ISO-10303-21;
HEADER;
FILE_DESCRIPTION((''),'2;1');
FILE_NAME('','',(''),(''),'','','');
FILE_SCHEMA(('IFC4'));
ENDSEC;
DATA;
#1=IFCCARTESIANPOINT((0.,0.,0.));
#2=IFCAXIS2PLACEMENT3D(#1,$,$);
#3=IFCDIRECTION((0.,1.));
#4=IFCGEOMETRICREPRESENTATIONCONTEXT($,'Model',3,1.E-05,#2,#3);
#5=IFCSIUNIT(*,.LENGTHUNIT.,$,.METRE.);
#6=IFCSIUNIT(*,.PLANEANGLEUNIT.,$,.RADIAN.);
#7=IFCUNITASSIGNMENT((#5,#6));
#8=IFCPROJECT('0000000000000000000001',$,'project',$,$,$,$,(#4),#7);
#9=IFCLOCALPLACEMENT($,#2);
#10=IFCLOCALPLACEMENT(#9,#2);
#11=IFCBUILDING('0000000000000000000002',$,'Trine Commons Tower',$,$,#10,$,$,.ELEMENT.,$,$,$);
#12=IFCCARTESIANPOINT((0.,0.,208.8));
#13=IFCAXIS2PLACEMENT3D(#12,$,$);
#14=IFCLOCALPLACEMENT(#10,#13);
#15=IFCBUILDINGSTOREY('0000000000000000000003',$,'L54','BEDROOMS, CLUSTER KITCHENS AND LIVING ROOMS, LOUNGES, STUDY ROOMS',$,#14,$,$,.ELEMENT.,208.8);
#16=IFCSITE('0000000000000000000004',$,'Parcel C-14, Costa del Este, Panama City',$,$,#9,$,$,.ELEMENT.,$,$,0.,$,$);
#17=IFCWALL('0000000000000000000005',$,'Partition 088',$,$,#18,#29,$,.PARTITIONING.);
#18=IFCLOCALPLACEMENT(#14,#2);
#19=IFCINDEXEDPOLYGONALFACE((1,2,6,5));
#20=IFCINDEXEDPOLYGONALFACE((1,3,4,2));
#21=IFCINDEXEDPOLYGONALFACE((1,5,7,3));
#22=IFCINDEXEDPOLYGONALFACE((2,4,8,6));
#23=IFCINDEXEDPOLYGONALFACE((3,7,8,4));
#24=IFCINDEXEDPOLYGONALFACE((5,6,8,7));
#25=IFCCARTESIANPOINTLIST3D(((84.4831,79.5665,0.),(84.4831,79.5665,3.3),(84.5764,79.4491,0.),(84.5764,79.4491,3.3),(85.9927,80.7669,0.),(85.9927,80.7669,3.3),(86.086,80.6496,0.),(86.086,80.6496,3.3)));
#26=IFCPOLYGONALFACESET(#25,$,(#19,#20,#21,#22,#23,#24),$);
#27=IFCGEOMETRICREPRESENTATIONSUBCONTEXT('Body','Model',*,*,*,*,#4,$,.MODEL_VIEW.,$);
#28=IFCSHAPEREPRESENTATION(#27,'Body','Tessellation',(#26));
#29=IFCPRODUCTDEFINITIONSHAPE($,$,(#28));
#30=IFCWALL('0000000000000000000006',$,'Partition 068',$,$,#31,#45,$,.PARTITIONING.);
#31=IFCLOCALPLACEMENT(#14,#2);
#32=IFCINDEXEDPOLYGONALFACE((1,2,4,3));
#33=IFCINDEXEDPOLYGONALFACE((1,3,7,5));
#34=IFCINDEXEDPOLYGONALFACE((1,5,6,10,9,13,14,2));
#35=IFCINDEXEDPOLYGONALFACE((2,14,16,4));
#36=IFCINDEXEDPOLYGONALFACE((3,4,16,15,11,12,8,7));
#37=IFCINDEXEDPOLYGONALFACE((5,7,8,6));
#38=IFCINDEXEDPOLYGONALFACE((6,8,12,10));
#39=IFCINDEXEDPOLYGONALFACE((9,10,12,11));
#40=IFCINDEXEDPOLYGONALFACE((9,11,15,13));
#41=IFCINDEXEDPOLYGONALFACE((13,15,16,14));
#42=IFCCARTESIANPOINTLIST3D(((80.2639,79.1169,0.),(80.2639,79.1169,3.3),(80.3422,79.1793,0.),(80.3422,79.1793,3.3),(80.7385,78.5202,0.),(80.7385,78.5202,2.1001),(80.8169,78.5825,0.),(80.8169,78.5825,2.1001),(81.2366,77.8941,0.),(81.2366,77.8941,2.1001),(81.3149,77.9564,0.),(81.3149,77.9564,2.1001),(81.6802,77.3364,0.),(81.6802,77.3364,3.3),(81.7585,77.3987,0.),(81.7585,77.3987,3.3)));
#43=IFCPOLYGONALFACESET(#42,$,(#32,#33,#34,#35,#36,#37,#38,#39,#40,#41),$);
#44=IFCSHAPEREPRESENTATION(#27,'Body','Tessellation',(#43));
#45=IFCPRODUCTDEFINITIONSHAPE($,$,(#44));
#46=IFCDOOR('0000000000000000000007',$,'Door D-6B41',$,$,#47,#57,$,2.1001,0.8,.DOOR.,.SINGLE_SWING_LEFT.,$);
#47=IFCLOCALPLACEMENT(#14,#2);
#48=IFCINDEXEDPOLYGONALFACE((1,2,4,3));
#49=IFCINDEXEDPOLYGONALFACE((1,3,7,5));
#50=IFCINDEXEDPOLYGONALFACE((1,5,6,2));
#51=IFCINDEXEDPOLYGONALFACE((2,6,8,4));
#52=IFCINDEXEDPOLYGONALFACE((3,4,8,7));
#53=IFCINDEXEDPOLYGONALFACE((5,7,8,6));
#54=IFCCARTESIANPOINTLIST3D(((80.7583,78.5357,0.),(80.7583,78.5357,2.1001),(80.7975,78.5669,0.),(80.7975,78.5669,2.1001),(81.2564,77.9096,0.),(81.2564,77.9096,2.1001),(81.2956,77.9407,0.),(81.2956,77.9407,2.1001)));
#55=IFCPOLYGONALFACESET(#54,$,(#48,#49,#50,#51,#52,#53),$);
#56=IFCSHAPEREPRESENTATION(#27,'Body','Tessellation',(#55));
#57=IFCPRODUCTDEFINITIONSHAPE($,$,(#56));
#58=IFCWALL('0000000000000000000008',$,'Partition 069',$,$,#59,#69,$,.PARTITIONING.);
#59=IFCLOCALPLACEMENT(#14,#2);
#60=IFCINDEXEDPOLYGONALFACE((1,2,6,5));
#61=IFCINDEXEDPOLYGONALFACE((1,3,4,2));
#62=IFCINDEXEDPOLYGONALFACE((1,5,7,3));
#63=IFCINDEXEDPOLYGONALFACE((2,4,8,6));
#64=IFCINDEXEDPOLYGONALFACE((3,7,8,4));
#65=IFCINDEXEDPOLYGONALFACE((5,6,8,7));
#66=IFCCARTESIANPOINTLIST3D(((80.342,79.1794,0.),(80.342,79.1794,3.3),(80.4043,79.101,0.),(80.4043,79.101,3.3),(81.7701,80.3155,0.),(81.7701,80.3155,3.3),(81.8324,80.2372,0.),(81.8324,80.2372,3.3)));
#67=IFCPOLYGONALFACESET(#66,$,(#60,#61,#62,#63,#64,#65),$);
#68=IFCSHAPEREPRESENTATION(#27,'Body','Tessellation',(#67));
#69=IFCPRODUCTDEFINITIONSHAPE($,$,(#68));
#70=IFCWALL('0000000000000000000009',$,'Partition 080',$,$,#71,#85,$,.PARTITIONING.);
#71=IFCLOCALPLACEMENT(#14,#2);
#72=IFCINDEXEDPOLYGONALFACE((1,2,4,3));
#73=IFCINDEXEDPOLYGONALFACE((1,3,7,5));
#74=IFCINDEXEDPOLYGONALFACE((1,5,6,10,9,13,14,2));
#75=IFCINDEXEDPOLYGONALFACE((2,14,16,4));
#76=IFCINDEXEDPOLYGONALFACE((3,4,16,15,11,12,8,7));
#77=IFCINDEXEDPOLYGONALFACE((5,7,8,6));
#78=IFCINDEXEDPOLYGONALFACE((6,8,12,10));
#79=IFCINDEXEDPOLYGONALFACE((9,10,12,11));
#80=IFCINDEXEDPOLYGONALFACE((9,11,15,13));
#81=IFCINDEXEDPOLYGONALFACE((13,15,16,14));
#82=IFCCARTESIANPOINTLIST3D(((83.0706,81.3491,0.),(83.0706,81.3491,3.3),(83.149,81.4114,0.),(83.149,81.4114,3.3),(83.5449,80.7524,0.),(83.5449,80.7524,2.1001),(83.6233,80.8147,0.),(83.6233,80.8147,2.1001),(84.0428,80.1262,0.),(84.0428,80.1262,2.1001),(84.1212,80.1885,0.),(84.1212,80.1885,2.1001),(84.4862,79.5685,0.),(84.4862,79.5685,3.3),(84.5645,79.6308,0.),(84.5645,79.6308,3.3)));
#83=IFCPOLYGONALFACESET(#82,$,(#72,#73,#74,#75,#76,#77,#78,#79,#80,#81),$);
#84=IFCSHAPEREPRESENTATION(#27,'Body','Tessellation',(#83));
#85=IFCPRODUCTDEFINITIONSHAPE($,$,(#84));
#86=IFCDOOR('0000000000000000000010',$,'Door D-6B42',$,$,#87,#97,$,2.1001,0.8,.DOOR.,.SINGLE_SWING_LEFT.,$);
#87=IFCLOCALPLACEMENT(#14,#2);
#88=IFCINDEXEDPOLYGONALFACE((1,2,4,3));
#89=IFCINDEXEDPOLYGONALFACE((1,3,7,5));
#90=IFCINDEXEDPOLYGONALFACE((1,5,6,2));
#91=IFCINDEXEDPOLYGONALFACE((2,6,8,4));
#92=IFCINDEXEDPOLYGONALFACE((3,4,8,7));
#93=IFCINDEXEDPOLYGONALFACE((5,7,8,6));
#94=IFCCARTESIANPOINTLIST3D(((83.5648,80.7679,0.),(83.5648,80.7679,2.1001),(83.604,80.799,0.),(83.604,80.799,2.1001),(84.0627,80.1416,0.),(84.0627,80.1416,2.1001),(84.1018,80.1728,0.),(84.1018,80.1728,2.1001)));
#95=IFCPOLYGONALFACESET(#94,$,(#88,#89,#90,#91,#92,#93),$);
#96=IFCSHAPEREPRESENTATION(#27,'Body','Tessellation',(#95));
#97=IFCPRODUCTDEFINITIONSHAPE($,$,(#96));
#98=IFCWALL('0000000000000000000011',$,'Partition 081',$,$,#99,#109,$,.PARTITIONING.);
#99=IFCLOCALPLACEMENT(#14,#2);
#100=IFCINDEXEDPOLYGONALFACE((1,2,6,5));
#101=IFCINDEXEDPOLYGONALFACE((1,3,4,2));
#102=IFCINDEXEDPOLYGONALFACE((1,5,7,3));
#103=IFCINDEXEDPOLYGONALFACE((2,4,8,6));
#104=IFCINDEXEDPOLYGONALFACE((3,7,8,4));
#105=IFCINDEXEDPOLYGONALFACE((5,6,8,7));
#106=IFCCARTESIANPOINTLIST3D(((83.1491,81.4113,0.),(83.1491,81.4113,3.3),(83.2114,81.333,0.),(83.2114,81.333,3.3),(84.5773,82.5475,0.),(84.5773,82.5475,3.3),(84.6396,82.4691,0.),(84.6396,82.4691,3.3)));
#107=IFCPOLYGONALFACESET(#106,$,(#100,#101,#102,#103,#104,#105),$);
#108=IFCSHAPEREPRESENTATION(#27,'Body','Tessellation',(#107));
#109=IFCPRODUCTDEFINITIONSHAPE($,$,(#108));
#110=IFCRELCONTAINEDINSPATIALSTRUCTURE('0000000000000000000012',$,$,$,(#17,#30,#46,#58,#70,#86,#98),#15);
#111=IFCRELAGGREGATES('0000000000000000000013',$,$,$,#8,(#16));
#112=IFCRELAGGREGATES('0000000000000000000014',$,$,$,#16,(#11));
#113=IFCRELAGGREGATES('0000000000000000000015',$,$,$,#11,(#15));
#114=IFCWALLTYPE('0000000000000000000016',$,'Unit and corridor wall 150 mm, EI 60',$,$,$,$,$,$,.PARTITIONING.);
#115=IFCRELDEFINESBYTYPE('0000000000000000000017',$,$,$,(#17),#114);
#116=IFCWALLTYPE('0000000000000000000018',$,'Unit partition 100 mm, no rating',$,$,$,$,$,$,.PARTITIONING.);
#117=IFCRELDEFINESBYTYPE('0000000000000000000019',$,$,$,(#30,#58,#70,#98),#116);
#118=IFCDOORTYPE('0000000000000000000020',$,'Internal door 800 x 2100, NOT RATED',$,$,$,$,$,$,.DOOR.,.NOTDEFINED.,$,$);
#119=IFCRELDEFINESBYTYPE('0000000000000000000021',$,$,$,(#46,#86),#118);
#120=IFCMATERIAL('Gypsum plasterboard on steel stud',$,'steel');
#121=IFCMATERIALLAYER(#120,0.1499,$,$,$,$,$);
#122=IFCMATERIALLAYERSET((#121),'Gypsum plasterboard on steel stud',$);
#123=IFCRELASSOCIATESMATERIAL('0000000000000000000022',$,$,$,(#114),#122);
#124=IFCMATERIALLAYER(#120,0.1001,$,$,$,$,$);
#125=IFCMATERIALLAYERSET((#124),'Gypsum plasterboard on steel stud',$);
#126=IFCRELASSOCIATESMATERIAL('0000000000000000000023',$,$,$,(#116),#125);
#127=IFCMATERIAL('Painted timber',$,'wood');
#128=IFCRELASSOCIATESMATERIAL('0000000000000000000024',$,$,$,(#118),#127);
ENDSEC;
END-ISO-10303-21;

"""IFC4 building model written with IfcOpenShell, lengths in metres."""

from ifc_helpers import new_model, si_unit, direction, frame, frame_2d, origin, place, context, subcontext, project, spatial, rectangle, extrude, material, layer, layer_set, type_object, element, fill, save


model = new_model("IFC4")

# Units and contexts
model_context = context("Model", 3, precision=1e-05, world=origin(), true_north=direction((0.0, 1.0)))
body_context = subcontext(model_context, "Body", "Model", "MODEL_VIEW")
ifc_project = project(units=[si_unit("LENGTHUNIT", "METRE"), si_unit("PLANEANGLEUNIT", "RADIAN")], contexts=[model_context])

# Site, building, storey
site_placement = place(None, origin())
site = spatial("IfcSite", under=ifc_project, at=site_placement, Name="Parcel C-14, Costa del Este, Panama City", CompositionType="ELEMENT", RefElevation=0.0)
building_placement = place(site_placement, origin())
building = spatial("IfcBuilding", under=site, at=building_placement, Name="Trine Commons Tower", CompositionType="ELEMENT")
storey_placement = place(building_placement, frame((0.0, 0.0, 208.8)))
storey = spatial("IfcBuildingStorey", under=building, at=storey_placement, Name="L54", Description="BEDROOMS, CLUSTER KITCHENS AND LIVING ROOMS, LOUNGES, STUDY ROOMS", CompositionType="ELEMENT", Elevation=208.8)

# Shared definitions
ifc_material_1 = material(Name="Gypsum plasterboard on steel stud", Category="steel")
ifc_layer_1 = layer(ifc_material_1, 0.1499)
ifc_layer_set_1 = layer_set([ifc_layer_1], Name="Gypsum plasterboard on steel stud")
wall_type_1 = type_object("IfcWallType", Name="Unit and corridor wall 150 mm, EI 60", PredefinedType="PARTITIONING", material=ifc_layer_set_1)

# Shared definitions
ifc_material_2 = material(Name="Painted timber", Category="wood")

# Wall
wall_1_placement = place(storey_placement, frame((84.5298, 79.5078, 0.0), z_axis=(0.0, 0.0, 1.0), x_axis=(0.782681, 0.622423, 0.0)))
element("IfcWall", 1, at=wall_1_placement, inside=storey, type_object=wall_type_1, Name="Partition 088", PredefinedType="PARTITIONING", context=body_context, shape_type="SweptSolid", body=[
    extrude(rectangle(XDim=1.9287, YDim=0.1499, at=frame_2d((0.9644, 0.0))), origin(), (0.0, 0.0, 1.0), 3.3),
])

# Wall, opening, door
ifc_layer_2 = layer(ifc_material_1, 0.1001)
ifc_layer_set_2 = layer_set([ifc_layer_2], Name="Gypsum plasterboard on steel stud")
wall_type_2 = type_object("IfcWallType", Name="Unit partition 100 mm, no rating", PredefinedType="PARTITIONING", material=ifc_layer_set_2)
wall_2_placement = place(storey_placement, frame((80.303, 79.1482, 0.0), z_axis=(0.0, 0.0, 1.0), x_axis=(0.622507, -0.782614, 0.0)))
wall_2 = element("IfcWall", 2, at=wall_2_placement, inside=storey, type_object=wall_type_2, Name="Partition 068", PredefinedType="PARTITIONING", context=body_context, shape_type="SweptSolid", body=[
    extrude(rectangle(XDim=2.2751, YDim=0.1001, at=frame_2d((1.1377, 0.0))), origin(), (0.0, 0.0, 1.0), 3.3),
])
opening_1_placement = place(wall_2_placement, frame((0.7627, 0.0, 0.0)))
opening_1 = element("IfcOpeningElement", 3, at=opening_1_placement, cuts=wall_2, PredefinedType="OPENING", context=body_context, shape_type="SweptSolid", body=[
    extrude(rectangle(XDim=0.8, YDim=2.1001, at=frame_2d((0.3999, 1.05))), frame((0.0, 0.0601, 0.0), z_axis=(0.0, -1.0, 0.0), x_axis=(1.0, 0.0, 0.0)), (0.0, 0.0, 1.0), 0.1201),
])
door_type_1 = type_object("IfcDoorType", Name="Internal door 800 x 2100, NOT RATED", OperationType="NOTDEFINED", PredefinedType="DOOR", material=ifc_material_2)
door_1_placement = place(opening_1_placement, frame((0.8, 0.0, 0.0), z_axis=(0.0, 0.0, 1.0), x_axis=(-1.0, 0.0, 0.0)))
door_1 = element("IfcDoor", 4, at=door_1_placement, inside=storey, type_object=door_type_1, Name="Door D-6B41", OperationType="SINGLE_SWING_LEFT", OverallHeight=2.1001, OverallWidth=0.8, PredefinedType="DOOR", context=body_context, shape_type="SweptSolid", body=[
    extrude(rectangle(XDim=0.8, YDim=2.1001, at=frame_2d((0.3999, 1.05))), frame((0.0, 0.0249, 0.0), z_axis=(0.0, -1.0, 0.0), x_axis=(1.0, 0.0, 0.0)), (0.0, 0.0, 1.0), 0.05),
])
fill(opening_1, door_1)

# Wall
wall_3_placement = place(storey_placement, frame((80.373, 79.1401, 0.0), z_axis=(0.0, 0.0, 1.0), x_axis=(0.782563, 0.622572, 0.0)))
element("IfcWall", 5, at=wall_3_placement, inside=storey, type_object=wall_type_2, Name="Partition 069", PredefinedType="PARTITIONING", context=body_context, shape_type="SweptSolid", body=[
    extrude(rectangle(XDim=1.825, YDim=0.1001, at=frame_2d((0.9126, 0.0))), origin(), (0.0, 0.0, 1.0), 3.3),
])

# Wall, opening, door
wall_4_placement = place(storey_placement, frame((83.1099, 81.3801, 0.0), z_axis=(0.0, 0.0, 1.0), x_axis=(0.62231, -0.782771, 0.0)))
wall_4 = element("IfcWall", 6, at=wall_4_placement, inside=storey, type_object=wall_type_2, Name="Partition 080", PredefinedType="PARTITIONING", context=body_context, shape_type="SweptSolid", body=[
    extrude(rectangle(XDim=2.2747, YDim=0.1001, at=frame_2d((1.1372, 0.0))), origin(), (0.0, 0.0, 1.0), 3.3),
])
opening_2_placement = place(wall_4_placement, frame((0.7622, 0.0, 0.0)))
opening_2 = element("IfcOpeningElement", 7, at=opening_2_placement, cuts=wall_4, PredefinedType="OPENING", context=body_context, shape_type="SweptSolid", body=[
    extrude(rectangle(XDim=0.8, YDim=2.1001, at=frame_2d((0.3999, 1.05))), frame((0.0, 0.0601, 0.0), z_axis=(0.0, -1.0, 0.0), x_axis=(1.0, 0.0, 0.0)), (0.0, 0.0, 1.0), 0.1201),
])
door_2_placement = place(opening_2_placement, frame((0.8, 0.0, 0.0), z_axis=(0.0, 0.0, 1.0), x_axis=(-1.0, 0.0, 0.0)))
door_2 = element("IfcDoor", 8, at=door_2_placement, inside=storey, type_object=door_type_1, Name="Door D-6B42", OperationType="SINGLE_SWING_LEFT", OverallHeight=2.1001, OverallWidth=0.8, PredefinedType="DOOR", context=body_context, shape_type="SweptSolid", body=[
    extrude(rectangle(XDim=0.8, YDim=2.1001, at=frame_2d((0.3999, 1.05))), frame((0.0, 0.0249, 0.0), z_axis=(0.0, -1.0, 0.0), x_axis=(1.0, 0.0, 0.0)), (0.0, 0.0, 1.0), 0.05),
])
fill(opening_2, door_2)

# Wall
wall_5_placement = place(storey_placement, frame((83.1802, 81.3721, 0.0), z_axis=(0.0, 0.0, 1.0), x_axis=(0.782563, 0.622572, 0.0)))
element("IfcWall", 9, at=wall_5_placement, inside=storey, type_object=wall_type_2, Name="Partition 081", PredefinedType="PARTITIONING", context=body_context, shape_type="SweptSolid", body=[
    extrude(rectangle(XDim=1.825, YDim=0.1001, at=frame_2d((0.9126, 0.0))), origin(), (0.0, 0.0, 1.0), 3.3),
])

save(model, "model.ifc")
